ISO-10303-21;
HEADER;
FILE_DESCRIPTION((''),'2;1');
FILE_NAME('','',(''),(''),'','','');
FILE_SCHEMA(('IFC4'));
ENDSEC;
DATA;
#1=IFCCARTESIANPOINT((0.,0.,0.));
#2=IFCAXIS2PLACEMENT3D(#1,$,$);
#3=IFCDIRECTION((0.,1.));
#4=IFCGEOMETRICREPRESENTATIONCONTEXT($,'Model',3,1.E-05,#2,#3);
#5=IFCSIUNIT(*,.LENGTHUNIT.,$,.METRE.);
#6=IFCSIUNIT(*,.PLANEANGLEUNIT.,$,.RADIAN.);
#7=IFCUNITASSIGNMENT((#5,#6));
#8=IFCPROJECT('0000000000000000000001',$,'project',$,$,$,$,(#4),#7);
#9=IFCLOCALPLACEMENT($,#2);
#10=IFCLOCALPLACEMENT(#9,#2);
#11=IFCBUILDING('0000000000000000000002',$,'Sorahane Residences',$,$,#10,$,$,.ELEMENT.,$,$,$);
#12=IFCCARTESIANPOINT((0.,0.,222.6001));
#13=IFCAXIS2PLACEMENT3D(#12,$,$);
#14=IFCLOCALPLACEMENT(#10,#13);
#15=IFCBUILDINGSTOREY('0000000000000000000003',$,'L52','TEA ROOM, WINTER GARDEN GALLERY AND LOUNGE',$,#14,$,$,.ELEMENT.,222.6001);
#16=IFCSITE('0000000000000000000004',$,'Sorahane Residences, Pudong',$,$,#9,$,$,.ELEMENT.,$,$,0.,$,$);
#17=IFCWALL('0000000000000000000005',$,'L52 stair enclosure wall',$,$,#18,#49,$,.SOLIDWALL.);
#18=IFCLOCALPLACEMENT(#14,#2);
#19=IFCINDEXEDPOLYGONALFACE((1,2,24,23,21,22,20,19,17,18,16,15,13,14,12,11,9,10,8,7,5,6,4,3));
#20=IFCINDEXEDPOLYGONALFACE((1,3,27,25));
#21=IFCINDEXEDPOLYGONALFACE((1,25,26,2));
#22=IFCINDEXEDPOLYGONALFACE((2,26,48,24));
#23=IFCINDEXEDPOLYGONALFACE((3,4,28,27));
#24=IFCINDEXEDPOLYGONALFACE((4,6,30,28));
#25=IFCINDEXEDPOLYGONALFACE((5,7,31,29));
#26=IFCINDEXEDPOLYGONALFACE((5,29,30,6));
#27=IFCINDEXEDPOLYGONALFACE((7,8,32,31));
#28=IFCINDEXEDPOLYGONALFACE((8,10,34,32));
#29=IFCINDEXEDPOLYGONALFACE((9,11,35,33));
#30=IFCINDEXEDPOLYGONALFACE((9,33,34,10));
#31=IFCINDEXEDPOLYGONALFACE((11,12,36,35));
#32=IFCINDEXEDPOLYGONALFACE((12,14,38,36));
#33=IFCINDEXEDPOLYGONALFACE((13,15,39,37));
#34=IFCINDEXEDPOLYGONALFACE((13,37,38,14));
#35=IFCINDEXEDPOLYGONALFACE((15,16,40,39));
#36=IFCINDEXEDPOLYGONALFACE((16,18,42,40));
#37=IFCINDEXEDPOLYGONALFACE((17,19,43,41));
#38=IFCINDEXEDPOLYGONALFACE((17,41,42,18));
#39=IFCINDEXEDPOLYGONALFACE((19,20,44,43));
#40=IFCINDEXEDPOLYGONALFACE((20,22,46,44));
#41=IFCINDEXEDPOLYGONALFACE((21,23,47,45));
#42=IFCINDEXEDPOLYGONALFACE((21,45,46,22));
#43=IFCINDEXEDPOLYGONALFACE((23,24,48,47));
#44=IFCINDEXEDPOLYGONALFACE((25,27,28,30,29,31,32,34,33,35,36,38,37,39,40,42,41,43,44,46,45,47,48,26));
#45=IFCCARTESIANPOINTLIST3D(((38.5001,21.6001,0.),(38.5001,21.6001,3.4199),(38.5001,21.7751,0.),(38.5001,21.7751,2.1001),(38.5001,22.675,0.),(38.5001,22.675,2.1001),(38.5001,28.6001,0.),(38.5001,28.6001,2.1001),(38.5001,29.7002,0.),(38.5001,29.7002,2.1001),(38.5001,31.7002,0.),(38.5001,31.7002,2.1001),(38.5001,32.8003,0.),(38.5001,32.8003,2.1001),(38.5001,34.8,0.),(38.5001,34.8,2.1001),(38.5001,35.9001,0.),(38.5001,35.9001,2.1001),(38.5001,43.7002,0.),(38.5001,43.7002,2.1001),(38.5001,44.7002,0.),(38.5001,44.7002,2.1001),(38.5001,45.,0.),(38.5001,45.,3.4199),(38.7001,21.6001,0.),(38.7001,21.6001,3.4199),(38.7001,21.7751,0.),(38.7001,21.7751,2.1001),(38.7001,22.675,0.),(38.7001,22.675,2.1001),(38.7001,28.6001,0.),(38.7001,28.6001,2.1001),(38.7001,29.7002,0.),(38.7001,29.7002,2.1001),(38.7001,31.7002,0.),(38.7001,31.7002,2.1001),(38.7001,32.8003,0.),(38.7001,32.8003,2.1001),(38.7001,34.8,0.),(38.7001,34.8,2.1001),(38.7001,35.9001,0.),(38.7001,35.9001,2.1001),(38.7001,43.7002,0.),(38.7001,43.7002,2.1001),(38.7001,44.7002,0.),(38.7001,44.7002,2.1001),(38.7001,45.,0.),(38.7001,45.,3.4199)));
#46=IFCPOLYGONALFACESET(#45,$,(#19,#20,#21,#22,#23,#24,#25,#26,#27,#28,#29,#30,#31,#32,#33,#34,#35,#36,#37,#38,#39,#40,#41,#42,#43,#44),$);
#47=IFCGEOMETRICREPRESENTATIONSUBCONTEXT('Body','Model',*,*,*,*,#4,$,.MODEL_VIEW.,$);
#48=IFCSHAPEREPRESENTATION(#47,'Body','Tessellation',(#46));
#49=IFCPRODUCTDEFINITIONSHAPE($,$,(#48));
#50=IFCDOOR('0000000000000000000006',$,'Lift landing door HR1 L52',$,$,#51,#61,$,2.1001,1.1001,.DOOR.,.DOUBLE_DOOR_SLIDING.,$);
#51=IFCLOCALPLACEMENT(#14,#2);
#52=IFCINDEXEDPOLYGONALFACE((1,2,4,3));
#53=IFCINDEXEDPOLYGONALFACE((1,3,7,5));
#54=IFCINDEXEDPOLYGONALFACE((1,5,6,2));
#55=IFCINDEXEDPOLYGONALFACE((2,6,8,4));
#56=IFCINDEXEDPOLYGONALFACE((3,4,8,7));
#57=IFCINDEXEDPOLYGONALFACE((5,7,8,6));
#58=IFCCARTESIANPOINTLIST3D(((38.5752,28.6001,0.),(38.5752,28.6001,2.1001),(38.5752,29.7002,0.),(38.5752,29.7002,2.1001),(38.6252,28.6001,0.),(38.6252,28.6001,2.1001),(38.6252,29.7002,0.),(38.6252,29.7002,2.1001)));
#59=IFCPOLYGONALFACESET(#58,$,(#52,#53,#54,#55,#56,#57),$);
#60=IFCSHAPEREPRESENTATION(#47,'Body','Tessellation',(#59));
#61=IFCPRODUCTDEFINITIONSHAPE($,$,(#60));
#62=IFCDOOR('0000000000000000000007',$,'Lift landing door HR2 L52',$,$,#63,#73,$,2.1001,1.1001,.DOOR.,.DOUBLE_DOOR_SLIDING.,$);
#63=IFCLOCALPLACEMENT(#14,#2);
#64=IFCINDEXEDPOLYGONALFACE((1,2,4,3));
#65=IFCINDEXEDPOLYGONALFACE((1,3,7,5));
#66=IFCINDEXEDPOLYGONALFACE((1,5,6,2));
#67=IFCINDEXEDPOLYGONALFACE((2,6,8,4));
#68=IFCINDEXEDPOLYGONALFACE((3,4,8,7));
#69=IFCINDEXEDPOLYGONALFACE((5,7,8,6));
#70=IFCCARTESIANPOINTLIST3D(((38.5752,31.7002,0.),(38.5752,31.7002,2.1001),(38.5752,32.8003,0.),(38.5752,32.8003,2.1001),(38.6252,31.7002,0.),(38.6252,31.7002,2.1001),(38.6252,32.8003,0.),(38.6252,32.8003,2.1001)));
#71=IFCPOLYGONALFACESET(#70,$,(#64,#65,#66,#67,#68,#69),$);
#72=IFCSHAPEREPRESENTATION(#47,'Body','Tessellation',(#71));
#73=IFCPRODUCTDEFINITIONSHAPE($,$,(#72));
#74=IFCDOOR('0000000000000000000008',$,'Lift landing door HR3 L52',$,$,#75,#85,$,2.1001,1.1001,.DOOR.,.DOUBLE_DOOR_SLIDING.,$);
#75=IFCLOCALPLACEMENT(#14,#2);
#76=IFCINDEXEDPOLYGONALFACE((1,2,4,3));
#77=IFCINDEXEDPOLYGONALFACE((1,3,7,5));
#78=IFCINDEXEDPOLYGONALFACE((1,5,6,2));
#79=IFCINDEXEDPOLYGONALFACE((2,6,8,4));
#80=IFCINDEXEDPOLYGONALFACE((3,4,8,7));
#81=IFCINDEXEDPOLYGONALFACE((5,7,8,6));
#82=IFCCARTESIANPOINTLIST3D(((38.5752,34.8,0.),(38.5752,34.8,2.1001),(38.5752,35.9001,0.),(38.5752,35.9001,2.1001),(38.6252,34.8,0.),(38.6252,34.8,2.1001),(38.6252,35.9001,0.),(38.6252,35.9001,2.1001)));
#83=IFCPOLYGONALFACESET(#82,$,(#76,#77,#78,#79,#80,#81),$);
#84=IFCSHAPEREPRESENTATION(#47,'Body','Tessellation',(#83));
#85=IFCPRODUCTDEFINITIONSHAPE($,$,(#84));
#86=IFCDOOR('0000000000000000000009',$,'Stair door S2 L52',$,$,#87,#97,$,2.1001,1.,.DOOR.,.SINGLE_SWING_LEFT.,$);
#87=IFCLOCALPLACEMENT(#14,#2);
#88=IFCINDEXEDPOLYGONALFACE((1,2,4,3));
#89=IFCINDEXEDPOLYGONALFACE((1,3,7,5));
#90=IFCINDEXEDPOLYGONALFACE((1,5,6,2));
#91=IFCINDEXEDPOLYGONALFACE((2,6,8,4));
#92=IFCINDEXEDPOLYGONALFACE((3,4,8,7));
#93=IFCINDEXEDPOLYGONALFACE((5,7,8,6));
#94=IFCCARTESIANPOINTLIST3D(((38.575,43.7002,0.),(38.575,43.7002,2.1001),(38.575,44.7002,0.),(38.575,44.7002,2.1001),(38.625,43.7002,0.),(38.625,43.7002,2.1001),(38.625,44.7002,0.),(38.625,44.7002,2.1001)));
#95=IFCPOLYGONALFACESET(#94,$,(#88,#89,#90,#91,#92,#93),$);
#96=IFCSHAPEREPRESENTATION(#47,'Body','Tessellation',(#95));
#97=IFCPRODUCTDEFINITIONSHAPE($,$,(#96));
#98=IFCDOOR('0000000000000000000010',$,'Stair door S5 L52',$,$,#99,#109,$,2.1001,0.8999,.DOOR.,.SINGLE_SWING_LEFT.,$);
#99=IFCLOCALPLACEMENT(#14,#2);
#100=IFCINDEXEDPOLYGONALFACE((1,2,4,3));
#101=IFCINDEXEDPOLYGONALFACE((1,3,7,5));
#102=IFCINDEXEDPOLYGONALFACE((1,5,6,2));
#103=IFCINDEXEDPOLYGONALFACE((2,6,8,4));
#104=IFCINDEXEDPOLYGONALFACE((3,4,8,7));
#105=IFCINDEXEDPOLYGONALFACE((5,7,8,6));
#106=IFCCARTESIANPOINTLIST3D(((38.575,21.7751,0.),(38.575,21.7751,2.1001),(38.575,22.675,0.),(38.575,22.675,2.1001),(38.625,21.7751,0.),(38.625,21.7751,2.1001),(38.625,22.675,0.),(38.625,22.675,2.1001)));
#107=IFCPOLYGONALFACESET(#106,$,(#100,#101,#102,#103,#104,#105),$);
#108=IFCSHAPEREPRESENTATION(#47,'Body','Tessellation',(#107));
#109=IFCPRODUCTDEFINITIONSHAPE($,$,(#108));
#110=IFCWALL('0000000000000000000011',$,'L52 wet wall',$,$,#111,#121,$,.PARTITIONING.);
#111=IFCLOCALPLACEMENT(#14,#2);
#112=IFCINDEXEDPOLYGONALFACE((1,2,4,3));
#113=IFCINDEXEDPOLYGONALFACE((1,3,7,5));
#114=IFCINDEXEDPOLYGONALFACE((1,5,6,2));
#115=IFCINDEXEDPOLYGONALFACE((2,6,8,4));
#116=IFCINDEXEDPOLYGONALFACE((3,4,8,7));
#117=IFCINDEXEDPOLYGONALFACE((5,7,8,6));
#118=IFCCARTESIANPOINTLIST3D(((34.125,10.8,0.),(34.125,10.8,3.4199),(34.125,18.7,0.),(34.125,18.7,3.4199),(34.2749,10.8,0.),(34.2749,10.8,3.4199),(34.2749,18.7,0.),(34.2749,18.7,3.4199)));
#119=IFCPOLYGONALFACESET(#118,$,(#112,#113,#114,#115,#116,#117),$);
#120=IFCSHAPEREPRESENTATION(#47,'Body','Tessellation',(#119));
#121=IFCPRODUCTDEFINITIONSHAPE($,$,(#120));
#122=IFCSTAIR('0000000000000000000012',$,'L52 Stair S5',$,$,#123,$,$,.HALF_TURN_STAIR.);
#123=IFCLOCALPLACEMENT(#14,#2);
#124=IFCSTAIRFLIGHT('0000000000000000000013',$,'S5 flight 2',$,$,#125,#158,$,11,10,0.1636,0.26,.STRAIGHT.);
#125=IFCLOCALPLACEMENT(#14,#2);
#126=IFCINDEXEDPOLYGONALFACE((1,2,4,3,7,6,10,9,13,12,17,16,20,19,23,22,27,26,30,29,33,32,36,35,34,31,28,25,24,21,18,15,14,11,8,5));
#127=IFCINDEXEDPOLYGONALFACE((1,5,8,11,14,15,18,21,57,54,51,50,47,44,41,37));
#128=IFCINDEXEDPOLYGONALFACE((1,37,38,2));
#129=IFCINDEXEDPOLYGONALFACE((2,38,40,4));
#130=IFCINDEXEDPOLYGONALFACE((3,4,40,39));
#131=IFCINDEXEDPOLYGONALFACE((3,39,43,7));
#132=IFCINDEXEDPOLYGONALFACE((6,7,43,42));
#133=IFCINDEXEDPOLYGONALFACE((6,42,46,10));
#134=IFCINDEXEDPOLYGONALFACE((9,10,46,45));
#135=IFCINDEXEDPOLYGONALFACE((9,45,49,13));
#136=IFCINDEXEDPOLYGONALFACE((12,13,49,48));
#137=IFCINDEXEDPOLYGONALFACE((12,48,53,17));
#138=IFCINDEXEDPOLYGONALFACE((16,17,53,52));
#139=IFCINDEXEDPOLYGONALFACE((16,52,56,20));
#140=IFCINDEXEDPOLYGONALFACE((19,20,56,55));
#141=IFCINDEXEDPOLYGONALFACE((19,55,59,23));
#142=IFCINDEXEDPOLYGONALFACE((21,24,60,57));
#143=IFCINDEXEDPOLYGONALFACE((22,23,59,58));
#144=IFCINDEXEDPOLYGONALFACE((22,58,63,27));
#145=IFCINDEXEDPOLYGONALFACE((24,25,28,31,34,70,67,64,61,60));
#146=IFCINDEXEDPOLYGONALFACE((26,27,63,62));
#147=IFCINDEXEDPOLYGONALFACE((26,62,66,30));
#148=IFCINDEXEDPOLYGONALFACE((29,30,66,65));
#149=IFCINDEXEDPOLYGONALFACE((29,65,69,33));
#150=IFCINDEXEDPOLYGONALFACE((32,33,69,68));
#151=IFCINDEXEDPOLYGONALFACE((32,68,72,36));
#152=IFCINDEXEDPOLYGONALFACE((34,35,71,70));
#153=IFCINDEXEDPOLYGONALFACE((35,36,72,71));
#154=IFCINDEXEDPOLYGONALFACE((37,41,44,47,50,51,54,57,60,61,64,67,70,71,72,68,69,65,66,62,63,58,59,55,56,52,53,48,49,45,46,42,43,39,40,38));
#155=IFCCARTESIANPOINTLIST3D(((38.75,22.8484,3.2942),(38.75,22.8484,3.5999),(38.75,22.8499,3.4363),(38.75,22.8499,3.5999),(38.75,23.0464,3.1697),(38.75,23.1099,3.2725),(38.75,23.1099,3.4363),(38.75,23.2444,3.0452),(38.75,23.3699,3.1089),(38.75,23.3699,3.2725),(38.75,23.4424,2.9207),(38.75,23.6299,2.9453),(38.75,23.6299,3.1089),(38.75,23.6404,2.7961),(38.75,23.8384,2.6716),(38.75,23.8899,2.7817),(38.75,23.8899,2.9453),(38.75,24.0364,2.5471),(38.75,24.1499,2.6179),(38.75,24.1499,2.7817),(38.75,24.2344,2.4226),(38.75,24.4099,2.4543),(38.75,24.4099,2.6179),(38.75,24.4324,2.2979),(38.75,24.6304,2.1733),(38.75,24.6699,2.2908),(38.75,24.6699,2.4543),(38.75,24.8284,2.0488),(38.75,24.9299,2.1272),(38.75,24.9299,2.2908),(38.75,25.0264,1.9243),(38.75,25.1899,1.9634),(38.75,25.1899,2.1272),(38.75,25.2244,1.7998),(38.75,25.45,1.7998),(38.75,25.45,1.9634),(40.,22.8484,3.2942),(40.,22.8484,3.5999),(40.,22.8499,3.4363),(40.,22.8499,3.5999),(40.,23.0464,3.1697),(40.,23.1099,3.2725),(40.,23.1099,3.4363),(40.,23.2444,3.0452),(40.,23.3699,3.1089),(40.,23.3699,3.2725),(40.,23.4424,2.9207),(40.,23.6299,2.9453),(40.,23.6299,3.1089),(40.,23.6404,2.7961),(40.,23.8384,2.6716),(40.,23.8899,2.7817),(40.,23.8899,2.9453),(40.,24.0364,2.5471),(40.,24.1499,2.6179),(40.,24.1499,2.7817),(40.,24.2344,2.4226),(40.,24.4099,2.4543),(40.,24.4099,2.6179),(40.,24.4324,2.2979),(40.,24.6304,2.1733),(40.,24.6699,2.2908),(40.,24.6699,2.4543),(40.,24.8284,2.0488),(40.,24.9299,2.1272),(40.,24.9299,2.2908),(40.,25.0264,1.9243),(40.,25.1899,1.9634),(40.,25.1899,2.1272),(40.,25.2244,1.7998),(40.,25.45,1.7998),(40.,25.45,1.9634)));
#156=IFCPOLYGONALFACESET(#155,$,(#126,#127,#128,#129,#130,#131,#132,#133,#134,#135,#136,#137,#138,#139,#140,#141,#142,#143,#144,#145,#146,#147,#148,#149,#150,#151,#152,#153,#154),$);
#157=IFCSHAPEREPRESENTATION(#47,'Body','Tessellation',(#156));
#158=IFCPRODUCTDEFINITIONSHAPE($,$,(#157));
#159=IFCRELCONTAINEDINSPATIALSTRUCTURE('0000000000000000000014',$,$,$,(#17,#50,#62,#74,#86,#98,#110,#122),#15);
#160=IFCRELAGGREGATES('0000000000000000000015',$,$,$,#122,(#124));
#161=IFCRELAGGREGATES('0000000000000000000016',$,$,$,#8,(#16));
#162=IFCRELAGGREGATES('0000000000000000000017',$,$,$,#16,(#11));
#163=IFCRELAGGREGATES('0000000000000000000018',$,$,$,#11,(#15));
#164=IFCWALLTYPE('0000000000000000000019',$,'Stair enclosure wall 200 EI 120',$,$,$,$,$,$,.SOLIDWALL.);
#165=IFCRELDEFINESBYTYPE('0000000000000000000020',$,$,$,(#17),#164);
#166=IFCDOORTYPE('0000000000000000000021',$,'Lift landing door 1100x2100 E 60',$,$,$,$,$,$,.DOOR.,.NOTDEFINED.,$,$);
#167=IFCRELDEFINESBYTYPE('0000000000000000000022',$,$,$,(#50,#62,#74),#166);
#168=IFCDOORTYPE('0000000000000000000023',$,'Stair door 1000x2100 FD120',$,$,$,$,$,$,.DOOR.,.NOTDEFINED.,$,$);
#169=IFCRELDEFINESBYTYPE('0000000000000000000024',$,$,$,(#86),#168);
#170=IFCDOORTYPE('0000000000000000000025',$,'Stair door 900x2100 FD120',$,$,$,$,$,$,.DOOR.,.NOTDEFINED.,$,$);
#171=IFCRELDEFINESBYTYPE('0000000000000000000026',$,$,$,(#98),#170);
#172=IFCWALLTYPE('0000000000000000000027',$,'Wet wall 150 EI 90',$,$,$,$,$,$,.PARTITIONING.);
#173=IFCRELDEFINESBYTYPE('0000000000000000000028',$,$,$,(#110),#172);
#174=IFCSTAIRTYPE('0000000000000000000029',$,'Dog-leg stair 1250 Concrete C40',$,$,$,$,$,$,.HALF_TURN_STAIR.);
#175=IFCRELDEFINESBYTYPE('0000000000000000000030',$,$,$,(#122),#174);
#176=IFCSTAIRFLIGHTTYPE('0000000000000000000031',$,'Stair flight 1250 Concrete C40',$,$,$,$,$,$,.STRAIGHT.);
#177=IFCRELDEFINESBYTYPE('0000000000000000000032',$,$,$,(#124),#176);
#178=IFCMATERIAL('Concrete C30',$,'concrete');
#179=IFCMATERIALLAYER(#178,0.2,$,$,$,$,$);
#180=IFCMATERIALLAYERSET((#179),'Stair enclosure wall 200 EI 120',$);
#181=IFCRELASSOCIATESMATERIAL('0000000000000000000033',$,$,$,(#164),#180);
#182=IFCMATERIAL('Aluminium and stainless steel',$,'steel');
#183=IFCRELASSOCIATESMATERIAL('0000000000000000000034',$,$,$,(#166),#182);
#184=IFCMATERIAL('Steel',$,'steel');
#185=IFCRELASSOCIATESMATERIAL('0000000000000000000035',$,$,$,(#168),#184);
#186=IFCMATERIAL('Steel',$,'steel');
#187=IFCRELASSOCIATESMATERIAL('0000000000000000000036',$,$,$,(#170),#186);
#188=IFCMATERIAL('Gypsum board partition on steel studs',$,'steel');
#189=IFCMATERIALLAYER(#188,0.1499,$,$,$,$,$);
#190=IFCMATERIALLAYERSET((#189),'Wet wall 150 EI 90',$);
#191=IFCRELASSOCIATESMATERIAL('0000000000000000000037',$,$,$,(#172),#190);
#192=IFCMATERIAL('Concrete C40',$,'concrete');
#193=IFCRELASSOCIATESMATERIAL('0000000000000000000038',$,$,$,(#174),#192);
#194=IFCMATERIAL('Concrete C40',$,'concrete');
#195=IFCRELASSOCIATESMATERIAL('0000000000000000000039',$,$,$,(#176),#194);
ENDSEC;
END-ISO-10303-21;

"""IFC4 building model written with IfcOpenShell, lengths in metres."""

from ifc_helpers import new_model, si_unit, direction, frame, frame_2d, origin, place, context, subcontext, project, spatial, polyline, rectangle, outline, extrude, material, layer, layer_set, type_object, element, fill, aggregate, save


model = new_model("IFC4")

# Units and contexts
model_context = context("Model", 3, precision=1e-05, world=origin(), true_north=direction((0.0, 1.0)))
body_context = subcontext(model_context, "Body", "Model", "MODEL_VIEW")
ifc_project = project(units=[si_unit("LENGTHUNIT", "METRE"), si_unit("PLANEANGLEUNIT", "RADIAN")], contexts=[model_context])

# Site, building, storey
site_placement = place(None, origin())
site = spatial("IfcSite", under=ifc_project, at=site_placement, Name="Sorahane Residences, Pudong", CompositionType="ELEMENT", RefElevation=0.0)
building_placement = place(site_placement, origin())
building = spatial("IfcBuilding", under=site, at=building_placement, Name="Sorahane Residences", CompositionType="ELEMENT")
storey_placement = place(building_placement, frame((0.0, 0.0, 222.6001)))
storey = spatial("IfcBuildingStorey", under=building, at=storey_placement, Name="L52", Description="TEA ROOM, WINTER GARDEN GALLERY AND LOUNGE", CompositionType="ELEMENT", Elevation=222.6001)

# Wall, openings, doors
ifc_material_1 = material(Name="Concrete C30", Category="concrete")
ifc_layer_1 = layer(ifc_material_1, 0.2)
ifc_layer_set_1 = layer_set([ifc_layer_1], Name="Stair enclosure wall 200 EI 120")
wall_type_1 = type_object("IfcWallType", Name="Stair enclosure wall 200 EI 120", PredefinedType="SOLIDWALL", material=ifc_layer_set_1)
wall_1_placement = place(storey_placement, frame((38.6001, 21.6001, 0.0), z_axis=(0.0, 0.0, 1.0), x_axis=(0.0, 1.0, 0.0)))
wall_1 = element("IfcWall", 1, at=wall_1_placement, inside=storey, type_object=wall_type_1, Name="L52 stair enclosure wall", PredefinedType="SOLIDWALL", context=body_context, shape_type="SweptSolid", body=[
    extrude(rectangle(XDim=23.3999, YDim=0.2, at=frame_2d((11.7, 0.0))), origin(), (0.0, 0.0, 1.0), 3.4199),
])
opening_1_placement = place(wall_1_placement, frame((7.0, 0.0, 0.0)))
opening_1 = element("IfcOpeningElement", 2, at=opening_1_placement, cuts=wall_1, PredefinedType="OPENING", context=body_context, shape_type="SweptSolid", body=[
    extrude(rectangle(XDim=1.1001, YDim=2.1001, at=frame_2d((0.55, 1.05))), frame((0.0, 0.1099, 0.0), z_axis=(0.0, -1.0, 0.0), x_axis=(1.0, 0.0, 0.0)), (0.0, 0.0, 1.0), 0.22),
])
opening_2_placement = place(wall_1_placement, frame((10.1001, 0.0, 0.0)))
opening_2 = element("IfcOpeningElement", 3, at=opening_2_placement, cuts=wall_1, PredefinedType="OPENING", context=body_context, shape_type="SweptSolid", body=[
    extrude(rectangle(XDim=1.1001, YDim=2.1001, at=frame_2d((0.55, 1.05))), frame((0.0, 0.1099, 0.0), z_axis=(0.0, -1.0, 0.0), x_axis=(1.0, 0.0, 0.0)), (0.0, 0.0, 1.0), 0.22),
])
opening_3_placement = place(wall_1_placement, frame((13.2, 0.0, 0.0)))
opening_3 = element("IfcOpeningElement", 4, at=opening_3_placement, cuts=wall_1, PredefinedType="OPENING", context=body_context, shape_type="SweptSolid", body=[
    extrude(rectangle(XDim=1.1001, YDim=2.1001, at=frame_2d((0.55, 1.05))), frame((0.0, 0.1099, 0.0), z_axis=(0.0, -1.0, 0.0), x_axis=(1.0, 0.0, 0.0)), (0.0, 0.0, 1.0), 0.22),
])
opening_4_placement = place(wall_1_placement, frame((22.1001, 0.0, 0.0)))
opening_4 = element("IfcOpeningElement", 5, at=opening_4_placement, cuts=wall_1, PredefinedType="OPENING", context=body_context, shape_type="SweptSolid", body=[
    extrude(rectangle(XDim=1.0, YDim=2.1001, at=frame_2d((0.5, 1.05))), frame((0.0, 0.1099, 0.0), z_axis=(0.0, -1.0, 0.0), x_axis=(1.0, 0.0, 0.0)), (0.0, 0.0, 1.0), 0.22),
])
opening_5_placement = place(wall_1_placement, frame((0.175, 0.0, 0.0)))
opening_5 = element("IfcOpeningElement", 6, at=opening_5_placement, cuts=wall_1, PredefinedType="OPENING", context=body_context, shape_type="SweptSolid", body=[
    extrude(rectangle(XDim=0.8999, YDim=2.1001, at=frame_2d((0.45, 1.05))), frame((0.0, 0.1099, 0.0), z_axis=(0.0, -1.0, 0.0), x_axis=(1.0, 0.0, 0.0)), (0.0, 0.0, 1.0), 0.22),
])
ifc_material_2 = material(Name="Aluminium and stainless steel", Category="steel")
door_type_1 = type_object("IfcDoorType", Name="Lift landing door 1100x2100 E 60", OperationType="NOTDEFINED", PredefinedType="DOOR", material=ifc_material_2)
door_1_placement = place(opening_1_placement, origin())
door_1 = element("IfcDoor", 7, at=door_1_placement, inside=storey, type_object=door_type_1, Name="Lift landing door HR1 L52", OperationType="DOUBLE_DOOR_SLIDING", OverallHeight=2.1001, OverallWidth=1.1001, PredefinedType="DOOR", context=body_context, shape_type="SweptSolid", body=[
    extrude(rectangle(XDim=1.1001, YDim=2.1001, at=frame_2d((0.55, 1.05))), frame((0.0, 0.0249, 0.0), z_axis=(0.0, -1.0, 0.0), x_axis=(1.0, 0.0, 0.0)), (0.0, 0.0, 1.0), 0.05),
])
fill(opening_1, door_1)
door_2_placement = place(opening_2_placement, origin())
door_2 = element("IfcDoor", 8, at=door_2_placement, inside=storey, type_object=door_type_1, Name="Lift landing door HR2 L52", OperationType="DOUBLE_DOOR_SLIDING", OverallHeight=2.1001, OverallWidth=1.1001, PredefinedType="DOOR", context=body_context, shape_type="SweptSolid", body=[
    extrude(rectangle(XDim=1.1001, YDim=2.1001, at=frame_2d((0.55, 1.05))), frame((0.0, 0.0249, 0.0), z_axis=(0.0, -1.0, 0.0), x_axis=(1.0, 0.0, 0.0)), (0.0, 0.0, 1.0), 0.05),
])
fill(opening_2, door_2)
door_3_placement = place(opening_3_placement, origin())
door_3 = element("IfcDoor", 9, at=door_3_placement, inside=storey, type_object=door_type_1, Name="Lift landing door HR3 L52", OperationType="DOUBLE_DOOR_SLIDING", OverallHeight=2.1001, OverallWidth=1.1001, PredefinedType="DOOR", context=body_context, shape_type="SweptSolid", body=[
    extrude(rectangle(XDim=1.1001, YDim=2.1001, at=frame_2d((0.55, 1.05))), frame((0.0, 0.0249, 0.0), z_axis=(0.0, -1.0, 0.0), x_axis=(1.0, 0.0, 0.0)), (0.0, 0.0, 1.0), 0.05),
])
fill(opening_3, door_3)
ifc_material_3 = material(Name="Steel", Category="steel")
door_type_2 = type_object("IfcDoorType", Name="Stair door 1000x2100 FD120", OperationType="NOTDEFINED", PredefinedType="DOOR", material=ifc_material_3)
door_4_placement = place(opening_4_placement, frame((1.0, 0.0, 0.0), z_axis=(0.0, 0.0, 1.0), x_axis=(-1.0, 0.0, 0.0)))
door_4 = element("IfcDoor", 10, at=door_4_placement, inside=storey, type_object=door_type_2, Name="Stair door S2 L52", OperationType="SINGLE_SWING_LEFT", OverallHeight=2.1001, OverallWidth=1.0, PredefinedType="DOOR", context=body_context, shape_type="SweptSolid", body=[
    extrude(rectangle(XDim=1.0, YDim=2.1001, at=frame_2d((0.5, 1.05))), frame((0.0, 0.0249, 0.0), z_axis=(0.0, -1.0, 0.0), x_axis=(1.0, 0.0, 0.0)), (0.0, 0.0, 1.0), 0.05),
])
fill(opening_4, door_4)
ifc_material_4 = material(Name="Steel", Category="steel")
door_type_3 = type_object("IfcDoorType", Name="Stair door 900x2100 FD120", OperationType="NOTDEFINED", PredefinedType="DOOR", material=ifc_material_4)
door_5_placement = place(opening_5_placement, frame((0.8999, 0.0, 0.0), z_axis=(0.0, 0.0, 1.0), x_axis=(-1.0, 0.0, 0.0)))
door_5 = element("IfcDoor", 11, at=door_5_placement, inside=storey, type_object=door_type_3, Name="Stair door S5 L52", OperationType="SINGLE_SWING_LEFT", OverallHeight=2.1001, OverallWidth=0.8999, PredefinedType="DOOR", context=body_context, shape_type="SweptSolid", body=[
    extrude(rectangle(XDim=0.8999, YDim=2.1001, at=frame_2d((0.45, 1.05))), frame((0.0, 0.0249, 0.0), z_axis=(0.0, -1.0, 0.0), x_axis=(1.0, 0.0, 0.0)), (0.0, 0.0, 1.0), 0.05),
])
fill(opening_5, door_5)

# Wall
ifc_material_5 = material(Name="Gypsum board partition on steel studs", Category="steel")
ifc_layer_2 = layer(ifc_material_5, 0.1499)
ifc_layer_set_2 = layer_set([ifc_layer_2], Name="Wet wall 150 EI 90")
wall_type_2 = type_object("IfcWallType", Name="Wet wall 150 EI 90", PredefinedType="PARTITIONING", material=ifc_layer_set_2)
wall_2_placement = place(storey_placement, frame((34.2, 10.8, 0.0), z_axis=(0.0, 0.0, 1.0), x_axis=(0.0, 1.0, 0.0)))
element("IfcWall", 12, at=wall_2_placement, inside=storey, type_object=wall_type_2, Name="L52 wet wall", PredefinedType="PARTITIONING", context=body_context, shape_type="SweptSolid", body=[
    extrude(rectangle(XDim=7.8999, YDim=0.1499, at=frame_2d((3.95, 0.0))), origin(), (0.0, 0.0, 1.0), 3.4199),
])

# Stair, stair flight
ifc_material_6 = material(Name="Concrete C40", Category="concrete")
stair_type = type_object("IfcStairType", Name="Dog-leg stair 1250 Concrete C40", PredefinedType="HALF_TURN_STAIR", material=ifc_material_6)
stair_placement = place(storey_placement, origin())
stair = element("IfcStair", 13, at=stair_placement, inside=storey, type_object=stair_type, Name="L52 Stair S5", PredefinedType="HALF_TURN_STAIR")
ifc_material_7 = material(Name="Concrete C40", Category="concrete")
stair_flight_type = type_object("IfcStairFlightType", Name="Stair flight 1250 Concrete C40", PredefinedType="STRAIGHT", material=ifc_material_7)
stair_flight_placement = place(storey_placement, frame((39.375, 25.45, 1.7998), z_axis=(0.0, 0.0, 1.0), x_axis=(0.0, -1.0, 0.0)))
stair_flight = element("IfcStairFlight", 14, at=stair_flight_placement, type_object=stair_flight_type, Name="S5 flight 2", NumberOfRisers=11, NumberOfTreads=10, PredefinedType="STRAIGHT", RiserHeight=0.1636, TreadLength=0.26, context=body_context, shape_type="SweptSolid", body=[
    extrude(outline(polyline([(0.0, 0.0), (0.0, 0.1636), (0.26, 0.1636), (0.26, 0.3274), (0.52, 0.3274), (0.52, 0.491), (0.78, 0.491), (0.78, 0.6545), (1.04, 0.6545), (1.04, 0.8181), (1.3, 0.8181), (1.3, 0.9819), (1.5601, 0.9819), (1.5601, 1.1455), (1.8201, 1.1455), (1.8201, 1.3091), (2.0801, 1.3091), (2.0801, 1.4727), (2.3401, 1.4727), (2.3401, 1.6365), (2.6001, 1.6365), (2.6001, 1.8), (2.6016, 1.8), (2.6016, 1.4944), (2.4036, 1.3699), (2.2056, 1.2454), (2.0076, 1.1208), (1.8096, 0.9963), (1.6116, 0.8718), (1.4136, 0.7473), (1.2156, 0.6228), (1.0176, 0.498), (0.8196, 0.3735), (0.6216, 0.249), (0.4236, 0.1245), (0.2256, 0.0), (0.0, 0.0)])), frame((0.0, 0.625, 0.0), z_axis=(0.0, -1.0, 0.0), x_axis=(1.0, 0.0, 0.0)), (0.0, 0.0, 1.0), 1.25),
])
aggregate(stair, [stair_flight])

save(model, "model.ifc")
